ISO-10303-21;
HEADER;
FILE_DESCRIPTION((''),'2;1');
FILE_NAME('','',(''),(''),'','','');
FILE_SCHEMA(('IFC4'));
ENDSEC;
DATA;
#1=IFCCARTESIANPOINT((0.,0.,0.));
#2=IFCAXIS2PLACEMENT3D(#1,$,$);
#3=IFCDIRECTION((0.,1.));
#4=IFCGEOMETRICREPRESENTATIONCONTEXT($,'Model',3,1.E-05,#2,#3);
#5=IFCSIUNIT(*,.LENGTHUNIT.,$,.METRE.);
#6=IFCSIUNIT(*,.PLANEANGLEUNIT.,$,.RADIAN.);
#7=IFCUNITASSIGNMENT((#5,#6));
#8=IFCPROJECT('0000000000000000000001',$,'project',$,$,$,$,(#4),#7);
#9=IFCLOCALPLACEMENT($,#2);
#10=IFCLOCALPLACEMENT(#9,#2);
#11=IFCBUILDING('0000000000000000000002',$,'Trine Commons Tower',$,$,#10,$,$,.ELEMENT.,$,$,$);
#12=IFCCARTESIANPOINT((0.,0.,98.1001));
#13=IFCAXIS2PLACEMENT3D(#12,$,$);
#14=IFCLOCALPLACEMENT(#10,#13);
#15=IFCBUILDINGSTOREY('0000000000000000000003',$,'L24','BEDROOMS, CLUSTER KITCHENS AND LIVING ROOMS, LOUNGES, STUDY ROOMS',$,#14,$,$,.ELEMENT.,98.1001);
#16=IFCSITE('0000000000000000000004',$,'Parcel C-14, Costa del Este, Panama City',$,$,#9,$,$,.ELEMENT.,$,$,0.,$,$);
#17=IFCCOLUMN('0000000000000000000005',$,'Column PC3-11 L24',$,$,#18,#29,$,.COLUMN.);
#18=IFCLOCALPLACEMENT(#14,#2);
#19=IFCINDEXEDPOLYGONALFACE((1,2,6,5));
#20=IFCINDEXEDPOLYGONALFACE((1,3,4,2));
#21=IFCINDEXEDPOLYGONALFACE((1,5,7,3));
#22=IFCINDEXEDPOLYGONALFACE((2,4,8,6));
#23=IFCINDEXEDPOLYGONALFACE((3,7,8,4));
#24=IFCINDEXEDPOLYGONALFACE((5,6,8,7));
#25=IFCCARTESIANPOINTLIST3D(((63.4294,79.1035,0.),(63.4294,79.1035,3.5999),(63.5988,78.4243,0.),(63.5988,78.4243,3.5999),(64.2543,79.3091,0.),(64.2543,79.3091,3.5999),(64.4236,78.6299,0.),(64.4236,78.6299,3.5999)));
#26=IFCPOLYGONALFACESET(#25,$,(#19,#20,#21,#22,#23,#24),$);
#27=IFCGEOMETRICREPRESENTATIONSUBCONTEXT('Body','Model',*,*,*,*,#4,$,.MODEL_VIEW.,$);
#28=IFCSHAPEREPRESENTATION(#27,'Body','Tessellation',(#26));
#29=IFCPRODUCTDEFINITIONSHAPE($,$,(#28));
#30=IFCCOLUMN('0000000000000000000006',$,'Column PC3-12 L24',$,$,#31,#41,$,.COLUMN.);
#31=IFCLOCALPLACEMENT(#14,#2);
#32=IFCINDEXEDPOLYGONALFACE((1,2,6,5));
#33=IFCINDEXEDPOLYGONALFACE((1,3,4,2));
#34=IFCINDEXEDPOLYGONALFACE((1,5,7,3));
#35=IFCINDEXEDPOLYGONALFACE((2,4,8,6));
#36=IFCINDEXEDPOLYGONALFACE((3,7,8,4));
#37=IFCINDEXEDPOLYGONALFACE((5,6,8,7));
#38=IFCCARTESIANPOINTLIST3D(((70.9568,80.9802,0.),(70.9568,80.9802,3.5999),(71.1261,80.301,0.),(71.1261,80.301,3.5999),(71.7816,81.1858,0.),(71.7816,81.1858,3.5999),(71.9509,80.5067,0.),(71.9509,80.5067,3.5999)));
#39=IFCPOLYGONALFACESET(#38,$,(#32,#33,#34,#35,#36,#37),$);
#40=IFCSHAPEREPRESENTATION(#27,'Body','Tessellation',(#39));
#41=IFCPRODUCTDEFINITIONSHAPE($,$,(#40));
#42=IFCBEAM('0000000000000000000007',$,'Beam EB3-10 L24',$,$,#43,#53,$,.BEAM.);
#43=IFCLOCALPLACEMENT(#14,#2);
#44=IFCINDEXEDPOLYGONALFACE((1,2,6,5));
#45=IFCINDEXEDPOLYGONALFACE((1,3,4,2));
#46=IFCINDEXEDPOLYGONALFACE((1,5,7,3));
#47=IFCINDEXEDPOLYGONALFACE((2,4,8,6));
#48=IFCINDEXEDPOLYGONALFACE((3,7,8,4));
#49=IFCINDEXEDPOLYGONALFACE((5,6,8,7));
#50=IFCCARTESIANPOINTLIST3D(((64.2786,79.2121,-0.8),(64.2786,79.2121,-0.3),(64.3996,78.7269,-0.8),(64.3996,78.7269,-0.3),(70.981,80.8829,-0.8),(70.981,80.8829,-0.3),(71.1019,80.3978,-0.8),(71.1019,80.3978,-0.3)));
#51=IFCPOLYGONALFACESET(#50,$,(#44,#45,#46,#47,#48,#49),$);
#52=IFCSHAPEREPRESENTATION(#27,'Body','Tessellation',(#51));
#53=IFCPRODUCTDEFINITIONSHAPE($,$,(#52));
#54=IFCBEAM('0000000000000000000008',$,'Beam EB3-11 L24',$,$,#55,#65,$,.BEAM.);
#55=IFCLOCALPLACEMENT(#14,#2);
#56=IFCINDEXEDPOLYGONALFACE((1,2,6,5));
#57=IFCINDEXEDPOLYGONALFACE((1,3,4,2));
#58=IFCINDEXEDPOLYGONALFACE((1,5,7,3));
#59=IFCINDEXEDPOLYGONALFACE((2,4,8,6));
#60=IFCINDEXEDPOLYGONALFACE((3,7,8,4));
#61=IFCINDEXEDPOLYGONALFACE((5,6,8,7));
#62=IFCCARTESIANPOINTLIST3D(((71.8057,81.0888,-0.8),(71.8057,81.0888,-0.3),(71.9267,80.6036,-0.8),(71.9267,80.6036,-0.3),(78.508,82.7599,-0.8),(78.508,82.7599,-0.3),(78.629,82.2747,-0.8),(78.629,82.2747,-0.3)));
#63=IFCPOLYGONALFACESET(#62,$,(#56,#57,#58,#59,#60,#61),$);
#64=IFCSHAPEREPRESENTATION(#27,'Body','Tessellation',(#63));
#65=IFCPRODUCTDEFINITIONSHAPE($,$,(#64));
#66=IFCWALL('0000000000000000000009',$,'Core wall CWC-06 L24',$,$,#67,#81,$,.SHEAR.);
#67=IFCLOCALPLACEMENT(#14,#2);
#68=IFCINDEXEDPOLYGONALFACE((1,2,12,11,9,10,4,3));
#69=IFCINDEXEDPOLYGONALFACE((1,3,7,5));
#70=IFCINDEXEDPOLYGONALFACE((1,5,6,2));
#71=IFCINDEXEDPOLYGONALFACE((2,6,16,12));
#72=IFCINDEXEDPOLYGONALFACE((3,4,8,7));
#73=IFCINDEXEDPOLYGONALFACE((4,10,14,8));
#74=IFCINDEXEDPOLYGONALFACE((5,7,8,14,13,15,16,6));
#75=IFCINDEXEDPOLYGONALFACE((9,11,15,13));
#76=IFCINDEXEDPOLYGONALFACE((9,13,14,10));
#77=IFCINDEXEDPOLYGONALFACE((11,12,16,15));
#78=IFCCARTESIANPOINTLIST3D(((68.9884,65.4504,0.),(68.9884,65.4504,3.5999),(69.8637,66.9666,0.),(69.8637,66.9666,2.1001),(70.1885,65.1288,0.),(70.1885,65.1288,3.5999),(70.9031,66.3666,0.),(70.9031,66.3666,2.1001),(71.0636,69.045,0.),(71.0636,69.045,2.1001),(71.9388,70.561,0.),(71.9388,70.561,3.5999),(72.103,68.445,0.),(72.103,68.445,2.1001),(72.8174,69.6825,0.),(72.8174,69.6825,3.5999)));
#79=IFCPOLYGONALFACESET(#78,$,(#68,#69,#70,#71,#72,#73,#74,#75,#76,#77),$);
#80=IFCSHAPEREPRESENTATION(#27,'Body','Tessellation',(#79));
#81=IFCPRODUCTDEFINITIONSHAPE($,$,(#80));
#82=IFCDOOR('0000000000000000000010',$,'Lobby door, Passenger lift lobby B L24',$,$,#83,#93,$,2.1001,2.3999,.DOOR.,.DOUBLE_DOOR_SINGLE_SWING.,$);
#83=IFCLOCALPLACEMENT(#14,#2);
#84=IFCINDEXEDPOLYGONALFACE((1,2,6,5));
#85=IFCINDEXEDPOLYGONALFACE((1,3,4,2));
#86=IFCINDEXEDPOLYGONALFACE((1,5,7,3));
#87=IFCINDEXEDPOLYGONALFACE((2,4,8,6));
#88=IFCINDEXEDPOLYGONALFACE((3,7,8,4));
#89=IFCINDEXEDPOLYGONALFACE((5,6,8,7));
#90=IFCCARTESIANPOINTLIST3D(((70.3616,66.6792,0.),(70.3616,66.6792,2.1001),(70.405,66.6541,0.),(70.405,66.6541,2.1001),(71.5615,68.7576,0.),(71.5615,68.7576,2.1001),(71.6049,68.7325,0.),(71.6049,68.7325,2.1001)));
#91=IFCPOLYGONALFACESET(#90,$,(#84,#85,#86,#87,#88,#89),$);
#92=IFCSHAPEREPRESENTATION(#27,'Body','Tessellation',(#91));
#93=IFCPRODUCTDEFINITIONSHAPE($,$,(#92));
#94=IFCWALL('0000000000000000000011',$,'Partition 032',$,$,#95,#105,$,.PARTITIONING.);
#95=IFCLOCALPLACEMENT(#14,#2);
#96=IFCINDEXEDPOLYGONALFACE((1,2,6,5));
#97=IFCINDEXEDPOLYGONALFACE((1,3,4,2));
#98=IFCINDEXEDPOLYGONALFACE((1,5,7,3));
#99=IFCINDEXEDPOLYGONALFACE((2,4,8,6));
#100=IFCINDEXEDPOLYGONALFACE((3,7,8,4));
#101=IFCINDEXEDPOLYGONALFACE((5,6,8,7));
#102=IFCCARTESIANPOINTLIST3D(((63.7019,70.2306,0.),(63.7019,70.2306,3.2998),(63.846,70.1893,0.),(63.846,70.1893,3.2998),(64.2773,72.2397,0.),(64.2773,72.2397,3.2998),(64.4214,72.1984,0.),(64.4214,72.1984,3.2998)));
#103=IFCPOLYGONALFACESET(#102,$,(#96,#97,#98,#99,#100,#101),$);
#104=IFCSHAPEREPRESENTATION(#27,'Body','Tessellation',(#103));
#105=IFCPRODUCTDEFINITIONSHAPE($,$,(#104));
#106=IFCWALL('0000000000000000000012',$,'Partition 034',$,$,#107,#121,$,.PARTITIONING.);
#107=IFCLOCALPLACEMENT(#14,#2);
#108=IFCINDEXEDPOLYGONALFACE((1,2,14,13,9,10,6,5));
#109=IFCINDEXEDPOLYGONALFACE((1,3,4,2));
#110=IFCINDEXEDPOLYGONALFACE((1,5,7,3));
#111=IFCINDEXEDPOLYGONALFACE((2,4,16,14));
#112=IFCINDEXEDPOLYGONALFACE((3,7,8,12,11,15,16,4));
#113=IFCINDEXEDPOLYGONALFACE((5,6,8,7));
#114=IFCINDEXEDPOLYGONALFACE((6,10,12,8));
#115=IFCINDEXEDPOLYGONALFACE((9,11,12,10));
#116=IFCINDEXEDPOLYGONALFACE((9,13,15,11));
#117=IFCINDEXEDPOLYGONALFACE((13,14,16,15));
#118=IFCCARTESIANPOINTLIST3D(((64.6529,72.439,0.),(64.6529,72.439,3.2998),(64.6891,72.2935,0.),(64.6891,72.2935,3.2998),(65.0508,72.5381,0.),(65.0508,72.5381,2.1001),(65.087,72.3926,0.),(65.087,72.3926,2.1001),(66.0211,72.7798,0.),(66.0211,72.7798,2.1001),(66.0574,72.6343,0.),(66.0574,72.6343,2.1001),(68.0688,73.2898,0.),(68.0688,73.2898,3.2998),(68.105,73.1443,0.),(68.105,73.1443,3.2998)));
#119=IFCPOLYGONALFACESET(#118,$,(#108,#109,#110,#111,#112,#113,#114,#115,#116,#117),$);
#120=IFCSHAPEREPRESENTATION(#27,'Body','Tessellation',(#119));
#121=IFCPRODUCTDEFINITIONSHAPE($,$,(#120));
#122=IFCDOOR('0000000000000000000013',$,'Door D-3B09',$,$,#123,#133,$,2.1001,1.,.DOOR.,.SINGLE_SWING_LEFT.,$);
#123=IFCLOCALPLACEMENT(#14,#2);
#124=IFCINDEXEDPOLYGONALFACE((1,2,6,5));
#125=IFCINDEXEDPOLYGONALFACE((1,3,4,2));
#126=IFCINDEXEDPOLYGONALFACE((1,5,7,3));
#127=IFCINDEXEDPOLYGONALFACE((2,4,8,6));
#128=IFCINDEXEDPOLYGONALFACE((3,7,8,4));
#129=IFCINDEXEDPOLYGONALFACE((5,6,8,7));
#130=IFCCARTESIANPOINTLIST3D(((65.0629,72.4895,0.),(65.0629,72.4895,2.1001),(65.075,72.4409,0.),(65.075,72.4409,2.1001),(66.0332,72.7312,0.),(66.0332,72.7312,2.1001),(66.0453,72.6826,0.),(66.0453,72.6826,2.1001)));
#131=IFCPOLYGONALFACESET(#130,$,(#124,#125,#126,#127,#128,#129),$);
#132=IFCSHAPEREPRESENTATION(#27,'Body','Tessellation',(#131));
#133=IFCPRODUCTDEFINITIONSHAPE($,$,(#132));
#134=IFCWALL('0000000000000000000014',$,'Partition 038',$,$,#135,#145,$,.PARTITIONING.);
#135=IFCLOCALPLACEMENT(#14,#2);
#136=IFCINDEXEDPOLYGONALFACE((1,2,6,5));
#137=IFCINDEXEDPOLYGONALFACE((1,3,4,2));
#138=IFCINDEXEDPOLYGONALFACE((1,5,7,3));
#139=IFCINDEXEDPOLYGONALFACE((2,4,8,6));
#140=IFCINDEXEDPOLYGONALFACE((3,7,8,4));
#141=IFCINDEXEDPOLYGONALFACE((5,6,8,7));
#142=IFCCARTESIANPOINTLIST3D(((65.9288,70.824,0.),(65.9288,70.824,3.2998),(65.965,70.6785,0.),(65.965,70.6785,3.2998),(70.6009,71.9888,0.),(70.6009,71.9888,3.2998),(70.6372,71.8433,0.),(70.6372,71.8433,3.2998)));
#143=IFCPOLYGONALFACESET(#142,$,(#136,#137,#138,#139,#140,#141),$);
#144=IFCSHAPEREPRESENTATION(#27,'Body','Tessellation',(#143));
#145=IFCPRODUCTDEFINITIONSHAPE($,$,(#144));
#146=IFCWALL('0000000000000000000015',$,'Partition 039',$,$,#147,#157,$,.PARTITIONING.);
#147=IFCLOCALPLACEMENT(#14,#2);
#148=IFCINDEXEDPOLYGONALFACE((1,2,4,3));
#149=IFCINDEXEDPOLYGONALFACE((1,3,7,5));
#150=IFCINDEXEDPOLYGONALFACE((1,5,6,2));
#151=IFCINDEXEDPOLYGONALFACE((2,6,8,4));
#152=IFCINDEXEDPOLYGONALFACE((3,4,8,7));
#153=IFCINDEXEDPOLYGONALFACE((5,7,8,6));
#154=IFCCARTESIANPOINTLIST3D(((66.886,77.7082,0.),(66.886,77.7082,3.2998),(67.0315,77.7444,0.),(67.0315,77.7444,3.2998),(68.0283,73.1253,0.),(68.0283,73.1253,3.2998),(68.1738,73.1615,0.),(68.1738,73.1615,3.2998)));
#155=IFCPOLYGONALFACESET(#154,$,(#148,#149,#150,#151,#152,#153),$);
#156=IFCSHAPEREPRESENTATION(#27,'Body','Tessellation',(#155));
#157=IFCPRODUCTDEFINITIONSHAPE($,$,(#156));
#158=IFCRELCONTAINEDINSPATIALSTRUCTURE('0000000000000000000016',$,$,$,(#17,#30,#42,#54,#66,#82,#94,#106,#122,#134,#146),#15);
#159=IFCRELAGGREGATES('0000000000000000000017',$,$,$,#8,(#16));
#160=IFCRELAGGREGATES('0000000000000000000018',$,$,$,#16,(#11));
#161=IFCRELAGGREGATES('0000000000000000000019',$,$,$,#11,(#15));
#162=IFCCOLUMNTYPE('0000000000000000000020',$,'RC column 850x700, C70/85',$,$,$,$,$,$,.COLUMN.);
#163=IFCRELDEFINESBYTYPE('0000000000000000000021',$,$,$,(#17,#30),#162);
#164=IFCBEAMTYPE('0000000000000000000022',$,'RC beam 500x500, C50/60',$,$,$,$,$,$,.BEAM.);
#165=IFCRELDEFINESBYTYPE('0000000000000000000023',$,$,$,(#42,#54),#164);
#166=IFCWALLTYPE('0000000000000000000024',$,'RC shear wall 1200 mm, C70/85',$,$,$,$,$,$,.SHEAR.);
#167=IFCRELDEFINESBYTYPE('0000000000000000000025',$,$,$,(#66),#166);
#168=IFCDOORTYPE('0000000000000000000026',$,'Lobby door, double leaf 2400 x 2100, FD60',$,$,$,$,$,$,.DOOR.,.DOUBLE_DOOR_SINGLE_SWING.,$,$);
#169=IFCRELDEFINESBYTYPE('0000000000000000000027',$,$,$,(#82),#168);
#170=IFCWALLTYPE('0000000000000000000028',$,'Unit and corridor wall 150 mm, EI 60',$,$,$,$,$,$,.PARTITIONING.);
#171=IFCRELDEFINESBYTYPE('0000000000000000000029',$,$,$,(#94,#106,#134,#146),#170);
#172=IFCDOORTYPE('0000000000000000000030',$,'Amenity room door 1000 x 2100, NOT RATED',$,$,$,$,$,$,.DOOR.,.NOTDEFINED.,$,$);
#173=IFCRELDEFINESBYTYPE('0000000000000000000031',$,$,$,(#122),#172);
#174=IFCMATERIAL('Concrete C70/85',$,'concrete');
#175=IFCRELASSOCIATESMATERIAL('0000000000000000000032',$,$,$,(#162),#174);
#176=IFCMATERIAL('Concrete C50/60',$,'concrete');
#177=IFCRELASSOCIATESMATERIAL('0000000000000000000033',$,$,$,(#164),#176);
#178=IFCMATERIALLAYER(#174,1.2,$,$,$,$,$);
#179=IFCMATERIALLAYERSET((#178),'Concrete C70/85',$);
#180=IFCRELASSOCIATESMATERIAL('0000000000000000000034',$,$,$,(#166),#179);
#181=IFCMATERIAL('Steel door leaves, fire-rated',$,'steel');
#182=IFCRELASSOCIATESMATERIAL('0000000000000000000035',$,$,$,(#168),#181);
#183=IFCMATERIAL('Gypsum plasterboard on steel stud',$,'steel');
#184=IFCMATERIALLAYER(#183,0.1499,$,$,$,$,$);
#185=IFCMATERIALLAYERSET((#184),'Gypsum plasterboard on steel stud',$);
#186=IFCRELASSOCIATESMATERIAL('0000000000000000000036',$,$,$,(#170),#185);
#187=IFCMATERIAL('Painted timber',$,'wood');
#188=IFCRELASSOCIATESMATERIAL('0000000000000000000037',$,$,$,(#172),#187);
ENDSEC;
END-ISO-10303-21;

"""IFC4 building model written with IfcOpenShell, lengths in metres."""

from ifc_helpers import new_model, si_unit, direction, frame, frame_2d, origin, origin_2d, place, context, subcontext, project, spatial, polyline, rectangle, outline, extrude, material, layer, layer_set, material_profile, profile_set, type_object, element, fill, save


model = new_model("IFC4")

# Units and contexts
model_context = context("Model", 3, precision=1e-05, world=origin(), true_north=direction((0.0, 1.0)))
body_context = subcontext(model_context, "Body", "Model", "MODEL_VIEW")
ifc_project = project(units=[si_unit("LENGTHUNIT", "METRE"), si_unit("PLANEANGLEUNIT", "RADIAN")], contexts=[model_context])

# Site, building, storey
site_placement = place(None, origin())
site = spatial("IfcSite", under=ifc_project, at=site_placement, Name="Parcel C-14, Costa del Este, Panama City", CompositionType="ELEMENT", RefElevation=0.0)
building_placement = place(site_placement, origin())
building = spatial("IfcBuilding", under=site, at=building_placement, Name="Trine Commons Tower", CompositionType="ELEMENT")
storey_placement = place(building_placement, frame((0.0, 0.0, 98.1001)))
storey = spatial("IfcBuildingStorey", under=building, at=storey_placement, Name="L24", Description="BEDROOMS, CLUSTER KITCHENS AND LIVING ROOMS, LOUNGES, STUDY ROOMS", CompositionType="ELEMENT", Elevation=98.1001)

# Columns
ifc_material_1 = material(Name="Concrete C70/85", Category="concrete")
ifc_material_profile_1 = material_profile(ifc_material_1, rectangle(XDim=0.8501, YDim=0.7, at=origin_2d()), Name="RC 850x700")
ifc_profile_set_1 = profile_set([ifc_material_profile_1], Name="Concrete C70/85")
column_type = type_object("IfcColumnType", Name="RC column 850x700, C70/85", PredefinedType="COLUMN", material=ifc_profile_set_1)
for number, where, z_axis, x_axis, name in (
    (1, (63.9265, 78.8667, 0.0), (0.0, 0.0, 1.0), (0.970296, 0.241922, 0.0), "Column PC3-11 L24"),
    (2, (71.4539, 80.7434, 0.0), (0.0, 0.0, 1.0), (0.970296, 0.241922, 0.0), "Column PC3-12 L24"),
):
    element("IfcColumn", number, at=place(storey_placement, frame(where, z_axis=z_axis, x_axis=x_axis)), inside=storey, type_object=column_type, Name=name, PredefinedType="COLUMN", context=body_context, shape_type="SweptSolid", body=[
        extrude(rectangle(XDim=0.8501, YDim=0.7, at=origin_2d()), origin(), (0.0, 0.0, 1.0), 3.5999),
    ])

# Beams
ifc_material_2 = material(Name="Concrete C50/60", Category="concrete")
ifc_material_profile_2 = material_profile(ifc_material_2, rectangle(XDim=0.5, YDim=0.5, at=origin_2d()), Name="RC 500x500")
ifc_profile_set_2 = profile_set([ifc_material_profile_2], Name="Concrete C50/60")
beam_type = type_object("IfcBeamType", Name="RC beam 500x500, C50/60", PredefinedType="BEAM", material=ifc_profile_set_2)
for number, where, z_axis, x_axis, name in (
    (3, (64.3391, 78.9695, -0.55), (0.970302, 0.241895, 0.0), (-0.241895, 0.970302, 0.0), "Beam EB3-10 L24"),
    (4, (71.8662, 80.8462, -0.55), (0.970294, 0.241928, 0.0), (-0.241928, 0.970294, 0.0), "Beam EB3-11 L24"),
):
    element("IfcBeam", number, at=place(storey_placement, frame(where, z_axis=z_axis, x_axis=x_axis)), inside=storey, type_object=beam_type, Name=name, PredefinedType="BEAM", context=body_context, shape_type="SweptSolid", body=[
        extrude(rectangle(XDim=0.5, YDim=0.5, at=origin_2d()), origin(), (0.0, 0.0, 1.0), 6.9075),
    ])

# Wall, opening, door
ifc_layer_1 = layer(ifc_material_1, 1.2)
ifc_layer_set_1 = layer_set([ifc_layer_1], Name="Concrete C70/85")
wall_type_1 = type_object("IfcWallType", Name="RC shear wall 1200 mm, C70/85", PredefinedType="SHEAR", material=ifc_layer_set_1)
wall_1_placement = place(storey_placement, frame((72.4585, 70.261, 0.0), z_axis=(0.0, 0.0, 1.0), x_axis=(-0.499979, -0.866037, 0.0)))
wall_1 = element("IfcWall", 5, at=wall_1_placement, inside=storey, type_object=wall_type_1, Name="Core wall CWC-06 L24", PredefinedType="SHEAR", context=body_context, shape_type="SweptSolid", body=[
    extrude(outline(polyline([(0.0, -0.6001), (5.9011, -0.6001), (5.5796, 0.6001), (0.3215, 0.6001), (0.0, -0.6001)])), origin(), (0.0, 0.0, 1.0), 3.5999),
])
opening_1_placement = place(wall_1_placement, frame((1.7505, 0.0, 0.0)))
opening_1 = element("IfcOpeningElement", 6, at=opening_1_placement, cuts=wall_1, PredefinedType="OPENING", context=body_context, shape_type="SweptSolid", body=[
    extrude(rectangle(XDim=2.3999, YDim=2.1001, at=frame_2d((1.2, 1.05))), frame((0.0, 0.6099, 0.0), z_axis=(0.0, -1.0, 0.0), x_axis=(1.0, 0.0, 0.0)), (0.0, 0.0, 1.0), 1.22),
])
ifc_material_3 = material(Name="Steel door leaves, fire-rated", Category="steel")
door_type_1 = type_object("IfcDoorType", Name="Lobby door, double leaf 2400 x 2100, FD60", OperationType="DOUBLE_DOOR_SINGLE_SWING", PredefinedType="DOOR", material=ifc_material_3)
door_1_placement = place(opening_1_placement, origin())
door_1 = element("IfcDoor", 7, at=door_1_placement, inside=storey, type_object=door_type_1, Name="Lobby door, Passenger lift lobby B L24", OperationType="DOUBLE_DOOR_SINGLE_SWING", OverallHeight=2.1001, OverallWidth=2.3999, PredefinedType="DOOR", context=body_context, shape_type="SweptSolid", body=[
    extrude(rectangle(XDim=2.3999, YDim=2.1001, at=frame_2d((1.2, 1.05))), frame((0.0, 0.0249, 0.0), z_axis=(0.0, -1.0, 0.0), x_axis=(1.0, 0.0, 0.0)), (0.0, 0.0, 1.0), 0.05),
])
fill(opening_1, door_1)

# Wall
ifc_material_4 = material(Name="Gypsum plasterboard on steel stud", Category="steel")
ifc_layer_2 = layer(ifc_material_4, 0.1499)
ifc_layer_set_2 = layer_set([ifc_layer_2], Name="Gypsum plasterboard on steel stud")
wall_type_2 = type_object("IfcWallType", Name="Unit and corridor wall 150 mm, EI 60", PredefinedType="PARTITIONING", material=ifc_layer_set_2)
wall_2_placement = place(storey_placement, frame((63.7739, 70.21, 0.0), z_axis=(0.0, 0.0, 1.0), x_axis=(0.275354, 0.961343, 0.0)))
element("IfcWall", 8, at=wall_2_placement, inside=storey, type_object=wall_type_2, Name="Partition 032", PredefinedType="PARTITIONING", context=body_context, shape_type="SweptSolid", body=[
    extrude(rectangle(XDim=2.0898, YDim=0.1499, at=frame_2d((1.0449, 0.0))), origin(), (0.0, 0.0, 1.0), 3.2998),
])

# Wall, opening, door
wall_3_placement = place(storey_placement, frame((64.6709, 72.3662, 0.0), z_axis=(0.0, 0.0, 1.0), x_axis=(0.970354, 0.241687, 0.0)))
wall_3 = element("IfcWall", 9, at=wall_3_placement, inside=storey, type_object=wall_type_2, Name="Partition 034", PredefinedType="PARTITIONING", context=body_context, shape_type="SweptSolid", body=[
    extrude(rectangle(XDim=3.5203, YDim=0.1499, at=frame_2d((1.7603, 0.0))), origin(), (0.0, 0.0, 1.0), 3.2998),
])
opening_2_placement = place(wall_3_placement, frame((0.4102, 0.0, 0.0)))
opening_2 = element("IfcOpeningElement", 10, at=opening_2_placement, cuts=wall_3, PredefinedType="OPENING", context=body_context, shape_type="SweptSolid", body=[
    extrude(rectangle(XDim=1.0, YDim=2.1001, at=frame_2d((0.5, 1.05))), frame((0.0, 0.085, 0.0), z_axis=(0.0, -1.0, 0.0), x_axis=(1.0, 0.0, 0.0)), (0.0, 0.0, 1.0), 0.1699),
])
ifc_material_5 = material(Name="Painted timber", Category="wood")
door_type_2 = type_object("IfcDoorType", Name="Amenity room door 1000 x 2100, NOT RATED", OperationType="NOTDEFINED", PredefinedType="DOOR", material=ifc_material_5)
door_2_placement = place(opening_2_placement, origin())
door_2 = element("IfcDoor", 11, at=door_2_placement, inside=storey, type_object=door_type_2, Name="Door D-3B09", OperationType="SINGLE_SWING_LEFT", OverallHeight=2.1001, OverallWidth=1.0, PredefinedType="DOOR", context=body_context, shape_type="SweptSolid", body=[
    extrude(rectangle(XDim=1.0, YDim=2.1001, at=frame_2d((0.5, 1.05))), frame((0.0, 0.0249, 0.0), z_axis=(0.0, -1.0, 0.0), x_axis=(1.0, 0.0, 0.0)), (0.0, 0.0, 1.0), 0.05),
])
fill(opening_2, door_2)

# Walls
wall_4_placement = place(storey_placement, frame((65.9468, 70.7512, 0.0), z_axis=(0.0, 0.0, 1.0), x_axis=(0.9703, 0.241903, 0.0)))
element("IfcWall", 12, at=wall_4_placement, inside=storey, type_object=wall_type_2, Name="Partition 038", PredefinedType="PARTITIONING", context=body_context, shape_type="SweptSolid", body=[
    extrude(rectangle(XDim=4.8152, YDim=0.1499, at=frame_2d((2.4077, 0.0))), origin(), (0.0, 0.0, 1.0), 3.2998),
])
wall_5_placement = place(storey_placement, frame((66.9587, 77.7263, 0.0), z_axis=(0.0, 0.0, 1.0), x_axis=(0.241854, -0.970313, 0.0)))
element("IfcWall", 13, at=wall_5_placement, inside=storey, type_object=wall_type_2, Name="Partition 039", PredefinedType="PARTITIONING", context=body_context, shape_type="SweptSolid", body=[
    extrude(rectangle(XDim=4.7231, YDim=0.1499, at=frame_2d((2.3616, 0.0))), origin(), (0.0, 0.0, 1.0), 3.2998),
])

save(model, "model.ifc")
